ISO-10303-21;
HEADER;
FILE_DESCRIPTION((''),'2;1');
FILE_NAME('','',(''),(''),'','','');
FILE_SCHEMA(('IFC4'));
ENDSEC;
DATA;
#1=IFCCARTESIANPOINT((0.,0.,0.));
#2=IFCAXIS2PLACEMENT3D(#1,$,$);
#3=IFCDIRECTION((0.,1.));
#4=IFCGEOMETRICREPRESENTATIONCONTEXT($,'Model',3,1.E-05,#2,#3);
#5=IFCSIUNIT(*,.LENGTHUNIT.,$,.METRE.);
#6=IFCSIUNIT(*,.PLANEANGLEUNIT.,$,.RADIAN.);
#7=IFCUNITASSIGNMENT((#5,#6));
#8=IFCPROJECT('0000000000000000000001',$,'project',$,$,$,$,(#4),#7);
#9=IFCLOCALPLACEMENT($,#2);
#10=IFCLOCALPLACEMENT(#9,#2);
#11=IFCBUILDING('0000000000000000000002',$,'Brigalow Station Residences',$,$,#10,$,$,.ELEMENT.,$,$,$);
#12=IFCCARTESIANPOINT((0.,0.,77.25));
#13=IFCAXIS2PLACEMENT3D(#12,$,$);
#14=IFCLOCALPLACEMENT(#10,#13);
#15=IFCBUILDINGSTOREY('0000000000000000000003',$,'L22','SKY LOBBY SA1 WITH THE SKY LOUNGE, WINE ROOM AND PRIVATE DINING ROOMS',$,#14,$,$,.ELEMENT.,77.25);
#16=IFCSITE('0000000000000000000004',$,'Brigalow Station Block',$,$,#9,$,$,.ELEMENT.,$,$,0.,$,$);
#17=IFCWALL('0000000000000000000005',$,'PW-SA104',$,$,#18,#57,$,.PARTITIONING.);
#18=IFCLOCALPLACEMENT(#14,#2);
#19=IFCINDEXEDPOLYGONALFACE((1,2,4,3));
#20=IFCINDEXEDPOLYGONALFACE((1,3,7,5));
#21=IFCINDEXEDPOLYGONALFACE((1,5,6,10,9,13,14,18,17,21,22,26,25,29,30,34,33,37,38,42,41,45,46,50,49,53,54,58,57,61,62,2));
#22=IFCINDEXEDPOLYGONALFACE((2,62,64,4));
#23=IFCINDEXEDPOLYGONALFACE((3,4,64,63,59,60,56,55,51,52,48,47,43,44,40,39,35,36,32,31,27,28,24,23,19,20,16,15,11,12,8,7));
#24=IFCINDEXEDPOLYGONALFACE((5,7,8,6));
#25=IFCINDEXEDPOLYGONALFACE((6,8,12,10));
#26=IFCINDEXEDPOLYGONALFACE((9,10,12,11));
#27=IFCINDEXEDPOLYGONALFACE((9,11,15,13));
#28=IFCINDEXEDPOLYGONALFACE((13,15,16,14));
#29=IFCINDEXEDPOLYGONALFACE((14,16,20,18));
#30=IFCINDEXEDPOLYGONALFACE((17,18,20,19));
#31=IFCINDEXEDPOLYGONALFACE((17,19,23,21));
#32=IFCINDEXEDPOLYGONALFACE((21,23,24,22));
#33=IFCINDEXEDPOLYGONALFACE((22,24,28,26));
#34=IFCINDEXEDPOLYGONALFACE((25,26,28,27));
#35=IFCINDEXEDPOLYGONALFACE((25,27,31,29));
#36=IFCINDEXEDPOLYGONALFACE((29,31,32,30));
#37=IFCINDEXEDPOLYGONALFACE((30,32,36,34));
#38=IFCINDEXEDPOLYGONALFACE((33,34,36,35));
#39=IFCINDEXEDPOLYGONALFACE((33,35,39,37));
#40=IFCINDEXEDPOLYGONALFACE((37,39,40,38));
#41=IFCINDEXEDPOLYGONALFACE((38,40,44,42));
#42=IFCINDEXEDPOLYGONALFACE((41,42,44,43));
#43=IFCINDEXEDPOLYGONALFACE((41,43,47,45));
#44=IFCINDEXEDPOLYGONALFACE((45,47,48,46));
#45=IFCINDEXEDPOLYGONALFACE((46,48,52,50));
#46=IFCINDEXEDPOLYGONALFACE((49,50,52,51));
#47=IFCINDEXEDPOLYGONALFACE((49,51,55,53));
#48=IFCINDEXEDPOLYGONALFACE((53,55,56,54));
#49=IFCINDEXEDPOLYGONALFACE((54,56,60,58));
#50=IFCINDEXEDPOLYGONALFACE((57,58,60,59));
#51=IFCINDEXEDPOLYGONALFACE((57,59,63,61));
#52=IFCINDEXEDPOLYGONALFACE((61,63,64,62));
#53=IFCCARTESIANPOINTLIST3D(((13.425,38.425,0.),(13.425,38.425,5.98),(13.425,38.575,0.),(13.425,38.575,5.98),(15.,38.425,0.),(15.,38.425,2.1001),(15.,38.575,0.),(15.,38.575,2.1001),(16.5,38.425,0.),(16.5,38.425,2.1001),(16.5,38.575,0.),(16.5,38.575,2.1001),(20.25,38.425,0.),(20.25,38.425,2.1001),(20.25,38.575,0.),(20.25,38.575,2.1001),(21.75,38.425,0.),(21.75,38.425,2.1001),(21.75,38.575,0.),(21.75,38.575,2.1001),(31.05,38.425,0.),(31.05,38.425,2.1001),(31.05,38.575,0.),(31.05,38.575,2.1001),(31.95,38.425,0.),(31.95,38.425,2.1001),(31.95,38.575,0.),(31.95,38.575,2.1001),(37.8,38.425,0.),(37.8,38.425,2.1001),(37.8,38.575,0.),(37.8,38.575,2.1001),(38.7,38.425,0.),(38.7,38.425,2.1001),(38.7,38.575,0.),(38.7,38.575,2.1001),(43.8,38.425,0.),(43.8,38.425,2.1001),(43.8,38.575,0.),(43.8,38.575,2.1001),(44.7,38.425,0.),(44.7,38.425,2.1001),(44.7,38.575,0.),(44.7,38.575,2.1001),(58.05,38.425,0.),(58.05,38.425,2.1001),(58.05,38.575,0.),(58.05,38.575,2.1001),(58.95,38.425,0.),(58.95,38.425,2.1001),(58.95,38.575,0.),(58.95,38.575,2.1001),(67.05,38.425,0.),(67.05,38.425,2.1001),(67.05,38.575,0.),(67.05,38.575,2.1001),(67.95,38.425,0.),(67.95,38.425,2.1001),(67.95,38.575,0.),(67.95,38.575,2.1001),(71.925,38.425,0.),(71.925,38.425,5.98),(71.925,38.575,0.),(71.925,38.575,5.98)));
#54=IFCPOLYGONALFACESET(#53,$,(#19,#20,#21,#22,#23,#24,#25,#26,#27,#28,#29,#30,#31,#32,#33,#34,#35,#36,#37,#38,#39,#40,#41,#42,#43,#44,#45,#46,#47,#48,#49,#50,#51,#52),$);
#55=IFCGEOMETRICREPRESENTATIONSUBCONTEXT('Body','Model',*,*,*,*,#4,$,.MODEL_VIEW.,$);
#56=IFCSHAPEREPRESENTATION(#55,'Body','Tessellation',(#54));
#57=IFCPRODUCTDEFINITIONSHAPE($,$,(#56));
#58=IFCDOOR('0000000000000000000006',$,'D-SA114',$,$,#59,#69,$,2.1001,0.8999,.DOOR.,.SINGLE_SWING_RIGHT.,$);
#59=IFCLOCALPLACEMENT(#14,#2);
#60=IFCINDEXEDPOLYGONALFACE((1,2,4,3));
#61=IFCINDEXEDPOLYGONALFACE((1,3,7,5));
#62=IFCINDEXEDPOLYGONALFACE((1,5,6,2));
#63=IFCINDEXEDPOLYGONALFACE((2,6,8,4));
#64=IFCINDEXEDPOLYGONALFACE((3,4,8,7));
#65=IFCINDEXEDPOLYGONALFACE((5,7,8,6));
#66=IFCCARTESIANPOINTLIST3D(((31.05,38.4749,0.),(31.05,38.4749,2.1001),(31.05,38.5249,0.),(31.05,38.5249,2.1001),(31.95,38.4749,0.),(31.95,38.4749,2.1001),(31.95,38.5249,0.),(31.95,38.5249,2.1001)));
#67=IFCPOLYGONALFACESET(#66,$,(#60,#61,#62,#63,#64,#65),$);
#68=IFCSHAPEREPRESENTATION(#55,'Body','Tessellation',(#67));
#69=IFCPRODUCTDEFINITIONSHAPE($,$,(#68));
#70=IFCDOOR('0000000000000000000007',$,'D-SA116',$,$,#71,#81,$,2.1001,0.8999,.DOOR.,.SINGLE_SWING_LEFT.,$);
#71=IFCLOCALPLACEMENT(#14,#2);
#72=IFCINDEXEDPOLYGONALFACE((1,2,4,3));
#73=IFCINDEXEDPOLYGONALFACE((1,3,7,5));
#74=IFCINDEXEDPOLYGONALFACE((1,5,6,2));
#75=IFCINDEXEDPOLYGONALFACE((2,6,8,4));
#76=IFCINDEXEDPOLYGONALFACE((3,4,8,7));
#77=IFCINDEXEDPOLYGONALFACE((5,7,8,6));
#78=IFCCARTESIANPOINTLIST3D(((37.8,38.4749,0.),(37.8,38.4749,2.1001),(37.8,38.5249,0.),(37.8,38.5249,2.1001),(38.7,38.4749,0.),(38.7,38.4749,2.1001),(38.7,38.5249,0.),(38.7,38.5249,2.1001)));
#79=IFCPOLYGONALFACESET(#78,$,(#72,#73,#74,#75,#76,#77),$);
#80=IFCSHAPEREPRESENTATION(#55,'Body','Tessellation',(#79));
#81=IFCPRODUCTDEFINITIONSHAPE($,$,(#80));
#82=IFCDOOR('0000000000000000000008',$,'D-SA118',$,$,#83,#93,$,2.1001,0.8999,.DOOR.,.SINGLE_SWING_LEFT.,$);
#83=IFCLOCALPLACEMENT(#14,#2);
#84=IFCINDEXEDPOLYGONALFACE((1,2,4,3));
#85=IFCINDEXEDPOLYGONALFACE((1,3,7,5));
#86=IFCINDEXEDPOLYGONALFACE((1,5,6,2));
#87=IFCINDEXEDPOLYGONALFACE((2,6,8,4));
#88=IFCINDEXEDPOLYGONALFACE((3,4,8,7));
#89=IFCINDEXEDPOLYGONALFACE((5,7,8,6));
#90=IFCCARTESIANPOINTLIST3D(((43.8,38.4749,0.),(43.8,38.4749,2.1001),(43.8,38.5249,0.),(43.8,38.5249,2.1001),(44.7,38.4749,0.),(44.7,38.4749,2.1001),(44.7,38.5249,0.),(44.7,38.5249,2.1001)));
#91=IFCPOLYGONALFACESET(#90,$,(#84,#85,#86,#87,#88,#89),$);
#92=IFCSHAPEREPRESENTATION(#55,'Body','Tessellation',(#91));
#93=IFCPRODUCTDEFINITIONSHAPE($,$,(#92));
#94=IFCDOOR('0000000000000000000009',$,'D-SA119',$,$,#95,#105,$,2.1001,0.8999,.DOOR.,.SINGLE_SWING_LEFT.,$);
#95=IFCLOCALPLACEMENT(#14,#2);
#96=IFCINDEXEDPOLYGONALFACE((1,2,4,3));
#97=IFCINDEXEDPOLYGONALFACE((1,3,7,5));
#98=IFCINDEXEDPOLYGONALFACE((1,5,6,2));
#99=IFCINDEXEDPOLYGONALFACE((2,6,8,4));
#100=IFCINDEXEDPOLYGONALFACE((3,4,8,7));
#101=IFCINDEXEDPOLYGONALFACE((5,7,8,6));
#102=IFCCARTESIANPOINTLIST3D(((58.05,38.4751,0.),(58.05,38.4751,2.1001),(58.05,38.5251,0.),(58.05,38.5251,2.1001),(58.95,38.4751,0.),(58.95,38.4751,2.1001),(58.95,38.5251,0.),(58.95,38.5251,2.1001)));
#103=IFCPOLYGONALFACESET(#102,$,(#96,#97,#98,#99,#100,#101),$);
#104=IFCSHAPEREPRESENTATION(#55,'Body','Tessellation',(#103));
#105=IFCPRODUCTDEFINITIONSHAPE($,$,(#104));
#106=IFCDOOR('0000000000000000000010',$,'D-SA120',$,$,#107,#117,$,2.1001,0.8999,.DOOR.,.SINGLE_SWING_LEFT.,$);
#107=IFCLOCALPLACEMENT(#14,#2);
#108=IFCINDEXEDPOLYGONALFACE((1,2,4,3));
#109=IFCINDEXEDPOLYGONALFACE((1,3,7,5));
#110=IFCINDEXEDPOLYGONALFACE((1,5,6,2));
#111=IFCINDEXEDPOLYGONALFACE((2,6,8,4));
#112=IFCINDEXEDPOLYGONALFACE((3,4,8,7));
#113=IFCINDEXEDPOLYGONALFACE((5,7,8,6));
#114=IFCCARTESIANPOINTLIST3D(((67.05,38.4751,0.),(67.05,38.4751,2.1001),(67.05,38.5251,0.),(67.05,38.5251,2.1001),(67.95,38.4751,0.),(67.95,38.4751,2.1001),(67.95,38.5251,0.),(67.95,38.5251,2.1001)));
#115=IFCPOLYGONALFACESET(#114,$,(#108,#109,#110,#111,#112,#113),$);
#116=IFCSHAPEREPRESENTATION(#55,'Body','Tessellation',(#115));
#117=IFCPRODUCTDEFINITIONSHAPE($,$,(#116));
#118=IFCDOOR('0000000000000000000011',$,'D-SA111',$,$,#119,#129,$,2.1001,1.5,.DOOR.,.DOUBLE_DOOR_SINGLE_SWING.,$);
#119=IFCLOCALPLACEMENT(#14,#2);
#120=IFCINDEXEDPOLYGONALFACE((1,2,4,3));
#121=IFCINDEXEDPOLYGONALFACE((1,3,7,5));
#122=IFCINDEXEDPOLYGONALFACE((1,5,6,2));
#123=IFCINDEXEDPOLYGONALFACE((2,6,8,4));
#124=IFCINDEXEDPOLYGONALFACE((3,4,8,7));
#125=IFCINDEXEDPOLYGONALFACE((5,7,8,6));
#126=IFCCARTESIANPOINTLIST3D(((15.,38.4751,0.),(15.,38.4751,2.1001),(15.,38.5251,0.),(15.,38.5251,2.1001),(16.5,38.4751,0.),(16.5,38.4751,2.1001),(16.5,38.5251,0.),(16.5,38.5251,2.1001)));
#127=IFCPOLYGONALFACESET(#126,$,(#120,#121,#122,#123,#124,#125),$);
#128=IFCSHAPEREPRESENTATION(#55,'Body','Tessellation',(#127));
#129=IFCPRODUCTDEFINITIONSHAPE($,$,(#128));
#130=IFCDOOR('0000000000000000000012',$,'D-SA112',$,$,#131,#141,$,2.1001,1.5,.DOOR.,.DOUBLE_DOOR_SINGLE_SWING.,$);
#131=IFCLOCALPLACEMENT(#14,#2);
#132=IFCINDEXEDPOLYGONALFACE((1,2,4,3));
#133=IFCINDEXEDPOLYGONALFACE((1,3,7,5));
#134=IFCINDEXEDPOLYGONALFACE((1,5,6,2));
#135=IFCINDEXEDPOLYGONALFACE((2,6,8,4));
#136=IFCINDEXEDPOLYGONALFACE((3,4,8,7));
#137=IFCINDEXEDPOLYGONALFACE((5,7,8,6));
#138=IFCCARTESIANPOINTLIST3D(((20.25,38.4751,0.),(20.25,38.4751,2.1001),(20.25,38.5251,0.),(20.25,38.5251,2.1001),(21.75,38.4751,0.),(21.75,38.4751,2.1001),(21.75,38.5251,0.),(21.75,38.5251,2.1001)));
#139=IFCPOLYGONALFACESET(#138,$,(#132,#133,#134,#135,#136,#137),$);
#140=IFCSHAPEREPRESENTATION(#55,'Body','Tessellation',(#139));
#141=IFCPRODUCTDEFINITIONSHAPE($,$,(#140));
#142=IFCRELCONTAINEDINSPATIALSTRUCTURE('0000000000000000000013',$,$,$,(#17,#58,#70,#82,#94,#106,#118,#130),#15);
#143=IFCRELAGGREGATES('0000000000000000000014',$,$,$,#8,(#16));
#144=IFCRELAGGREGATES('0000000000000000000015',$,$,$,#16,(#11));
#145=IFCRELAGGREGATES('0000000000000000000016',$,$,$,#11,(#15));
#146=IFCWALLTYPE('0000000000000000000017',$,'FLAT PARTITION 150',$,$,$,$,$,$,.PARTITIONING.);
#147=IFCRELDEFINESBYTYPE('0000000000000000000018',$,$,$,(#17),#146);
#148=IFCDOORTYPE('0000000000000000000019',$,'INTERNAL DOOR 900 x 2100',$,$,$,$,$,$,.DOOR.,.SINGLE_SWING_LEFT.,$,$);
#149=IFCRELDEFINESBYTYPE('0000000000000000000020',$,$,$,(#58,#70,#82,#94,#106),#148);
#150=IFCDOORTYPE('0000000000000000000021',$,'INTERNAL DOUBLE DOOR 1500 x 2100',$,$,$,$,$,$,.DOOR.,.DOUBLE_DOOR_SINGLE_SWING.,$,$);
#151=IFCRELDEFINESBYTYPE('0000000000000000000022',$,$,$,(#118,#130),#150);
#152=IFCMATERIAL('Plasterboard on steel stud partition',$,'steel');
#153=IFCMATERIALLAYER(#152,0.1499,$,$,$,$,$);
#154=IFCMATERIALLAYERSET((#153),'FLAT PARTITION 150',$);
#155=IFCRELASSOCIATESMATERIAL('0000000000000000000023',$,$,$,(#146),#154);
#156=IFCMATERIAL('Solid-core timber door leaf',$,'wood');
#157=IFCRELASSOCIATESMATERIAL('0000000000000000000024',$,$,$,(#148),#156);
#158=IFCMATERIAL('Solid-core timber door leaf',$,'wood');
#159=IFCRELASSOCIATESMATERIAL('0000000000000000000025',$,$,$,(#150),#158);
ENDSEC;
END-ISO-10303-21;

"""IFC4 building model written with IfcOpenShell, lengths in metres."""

from ifc_helpers import new_model, si_unit, direction, frame, frame_2d, origin, place, context, subcontext, project, spatial, rectangle, extrude, material, layer, layer_set, type_object, element, fill, save


model = new_model("IFC4")

# Units and contexts
model_context = context("Model", 3, precision=1e-05, world=origin(), true_north=direction((0.0, 1.0)))
body_context = subcontext(model_context, "Body", "Model", "MODEL_VIEW")
ifc_project = project(units=[si_unit("LENGTHUNIT", "METRE"), si_unit("PLANEANGLEUNIT", "RADIAN")], contexts=[model_context])

# Site, building, storey
site_placement = place(None, origin())
site = spatial("IfcSite", under=ifc_project, at=site_placement, Name="Brigalow Station Block", CompositionType="ELEMENT", RefElevation=0.0)
building_placement = place(site_placement, origin())
building = spatial("IfcBuilding", under=site, at=building_placement, Name="Brigalow Station Residences", CompositionType="ELEMENT")
storey_placement = place(building_placement, frame((0.0, 0.0, 77.25)))
storey = spatial("IfcBuildingStorey", under=building, at=storey_placement, Name="L22", Description="SKY LOBBY SA1 WITH THE SKY LOUNGE, WINE ROOM AND PRIVATE DINING ROOMS", CompositionType="ELEMENT", Elevation=77.25)

# Wall, openings, doors
ifc_material_1 = material(Name="Plasterboard on steel stud partition", Category="steel")
ifc_layer_1 = layer(ifc_material_1, 0.1499)
ifc_layer_set_1 = layer_set([ifc_layer_1], Name="FLAT PARTITION 150")
wall_type_1 = type_object("IfcWallType", Name="FLAT PARTITION 150", PredefinedType="PARTITIONING", material=ifc_layer_set_1)
wall_1_placement = place(storey_placement, frame((13.425, 38.5, 0.0), z_axis=(0.0, 0.0, 1.0), x_axis=(1.0, 0.0, 0.0)))
wall_1 = element("IfcWall", 1, at=wall_1_placement, inside=storey, type_object=wall_type_1, Name="PW-SA104", PredefinedType="PARTITIONING", context=body_context, shape_type="SweptSolid", body=[
    extrude(rectangle(XDim=58.5, YDim=0.1499, at=frame_2d((29.25, 0.0))), origin(), (0.0, 0.0, 1.0), 5.98),
])
opening_1_placement = place(wall_1_placement, frame((1.575, 0.0, 0.0)))
opening_1 = element("IfcOpeningElement", 2, at=opening_1_placement, cuts=wall_1, PredefinedType="OPENING", context=body_context, shape_type="SweptSolid", body=[
    extrude(rectangle(XDim=1.5, YDim=2.1001, at=frame_2d((0.75, 1.05))), frame((0.0, 0.085, 0.0), z_axis=(0.0, -1.0, 0.0), x_axis=(1.0, 0.0, 0.0)), (0.0, 0.0, 1.0), 0.1699),
])
opening_2_placement = place(wall_1_placement, frame((6.825, 0.0, 0.0)))
opening_2 = element("IfcOpeningElement", 3, at=opening_2_placement, cuts=wall_1, PredefinedType="OPENING", context=body_context, shape_type="SweptSolid", body=[
    extrude(rectangle(XDim=1.5, YDim=2.1001, at=frame_2d((0.75, 1.05))), frame((0.0, 0.085, 0.0), z_axis=(0.0, -1.0, 0.0), x_axis=(1.0, 0.0, 0.0)), (0.0, 0.0, 1.0), 0.1699),
])
opening_3_placement = place(wall_1_placement, frame((17.625, 0.0, 0.0)))
opening_3 = element("IfcOpeningElement", 4, at=opening_3_placement, cuts=wall_1, PredefinedType="OPENING", context=body_context, shape_type="SweptSolid", body=[
    extrude(rectangle(XDim=0.8999, YDim=2.1001, at=frame_2d((0.45, 1.05))), frame((0.0, 0.085, 0.0), z_axis=(0.0, -1.0, 0.0), x_axis=(1.0, 0.0, 0.0)), (0.0, 0.0, 1.0), 0.1699),
])
opening_4_placement = place(wall_1_placement, frame((24.375, 0.0, 0.0)))
opening_4 = element("IfcOpeningElement", 5, at=opening_4_placement, cuts=wall_1, PredefinedType="OPENING", context=body_context, shape_type="SweptSolid", body=[
    extrude(rectangle(XDim=0.8999, YDim=2.1001, at=frame_2d((0.45, 1.05))), frame((0.0, 0.085, 0.0), z_axis=(0.0, -1.0, 0.0), x_axis=(1.0, 0.0, 0.0)), (0.0, 0.0, 1.0), 0.1699),
])
opening_5_placement = place(wall_1_placement, frame((30.375, 0.0, 0.0)))
opening_5 = element("IfcOpeningElement", 6, at=opening_5_placement, cuts=wall_1, PredefinedType="OPENING", context=body_context, shape_type="SweptSolid", body=[
    extrude(rectangle(XDim=0.8999, YDim=2.1001, at=frame_2d((0.45, 1.05))), frame((0.0, 0.085, 0.0), z_axis=(0.0, -1.0, 0.0), x_axis=(1.0, 0.0, 0.0)), (0.0, 0.0, 1.0), 0.1699),
])
opening_6_placement = place(wall_1_placement, frame((44.625, 0.0, 0.0)))
opening_6 = element("IfcOpeningElement", 7, at=opening_6_placement, cuts=wall_1, PredefinedType="OPENING", context=body_context, shape_type="SweptSolid", body=[
    extrude(rectangle(XDim=0.8999, YDim=2.1001, at=frame_2d((0.45, 1.05))), frame((0.0, 0.085, 0.0), z_axis=(0.0, -1.0, 0.0), x_axis=(1.0, 0.0, 0.0)), (0.0, 0.0, 1.0), 0.1699),
])
opening_7_placement = place(wall_1_placement, frame((53.625, 0.0, 0.0)))
opening_7 = element("IfcOpeningElement", 8, at=opening_7_placement, cuts=wall_1, PredefinedType="OPENING", context=body_context, shape_type="SweptSolid", body=[
    extrude(rectangle(XDim=0.8999, YDim=2.1001, at=frame_2d((0.45, 1.05))), frame((0.0, 0.085, 0.0), z_axis=(0.0, -1.0, 0.0), x_axis=(1.0, 0.0, 0.0)), (0.0, 0.0, 1.0), 0.1699),
])
ifc_material_2 = material(Name="Solid-core timber door leaf", Category="wood")
door_type_1 = type_object("IfcDoorType", Name="INTERNAL DOOR 900 x 2100", OperationType="SINGLE_SWING_LEFT", PredefinedType="DOOR", material=ifc_material_2)
door_1_placement = place(opening_3_placement, origin())
door_1 = element("IfcDoor", 9, at=door_1_placement, inside=storey, type_object=door_type_1, Name="D-SA114", OperationType="SINGLE_SWING_RIGHT", OverallHeight=2.1001, OverallWidth=0.8999, PredefinedType="DOOR", context=body_context, shape_type="SweptSolid", body=[
    extrude(rectangle(XDim=0.8999, YDim=2.1001, at=frame_2d((0.45, 1.05))), frame((0.0, 0.0249, 0.0), z_axis=(0.0, -1.0, 0.0), x_axis=(1.0, 0.0, 0.0)), (0.0, 0.0, 1.0), 0.05),
])
fill(opening_3, door_1)
door_2_placement = place(opening_4_placement, origin())
door_2 = element("IfcDoor", 10, at=door_2_placement, inside=storey, type_object=door_type_1, Name="D-SA116", OperationType="SINGLE_SWING_LEFT", OverallHeight=2.1001, OverallWidth=0.8999, PredefinedType="DOOR", context=body_context, shape_type="SweptSolid", body=[
    extrude(rectangle(XDim=0.8999, YDim=2.1001, at=frame_2d((0.45, 1.05))), frame((0.0, 0.0249, 0.0), z_axis=(0.0, -1.0, 0.0), x_axis=(1.0, 0.0, 0.0)), (0.0, 0.0, 1.0), 0.05),
])
fill(opening_4, door_2)
door_3_placement = place(opening_5_placement, origin())
door_3 = element("IfcDoor", 11, at=door_3_placement, inside=storey, type_object=door_type_1, Name="D-SA118", OperationType="SINGLE_SWING_LEFT", OverallHeight=2.1001, OverallWidth=0.8999, PredefinedType="DOOR", context=body_context, shape_type="SweptSolid", body=[
    extrude(rectangle(XDim=0.8999, YDim=2.1001, at=frame_2d((0.45, 1.05))), frame((0.0, 0.0249, 0.0), z_axis=(0.0, -1.0, 0.0), x_axis=(1.0, 0.0, 0.0)), (0.0, 0.0, 1.0), 0.05),
])
fill(opening_5, door_3)
door_4_placement = place(opening_6_placement, frame((0.8999, 0.0, 0.0), z_axis=(0.0, 0.0, 1.0), x_axis=(-1.0, 0.0, 0.0)))
door_4 = element("IfcDoor", 12, at=door_4_placement, inside=storey, type_object=door_type_1, Name="D-SA119", OperationType="SINGLE_SWING_LEFT", OverallHeight=2.1001, OverallWidth=0.8999, PredefinedType="DOOR", context=body_context, shape_type="SweptSolid", body=[
    extrude(rectangle(XDim=0.8999, YDim=2.1001, at=frame_2d((0.45, 1.05))), frame((0.0, 0.0249, 0.0), z_axis=(0.0, -1.0, 0.0), x_axis=(1.0, 0.0, 0.0)), (0.0, 0.0, 1.0), 0.05),
])
fill(opening_6, door_4)
door_5_placement = place(opening_7_placement, frame((0.8999, 0.0, 0.0), z_axis=(0.0, 0.0, 1.0), x_axis=(-1.0, 0.0, 0.0)))
door_5 = element("IfcDoor", 13, at=door_5_placement, inside=storey, type_object=door_type_1, Name="D-SA120", OperationType="SINGLE_SWING_LEFT", OverallHeight=2.1001, OverallWidth=0.8999, PredefinedType="DOOR", context=body_context, shape_type="SweptSolid", body=[
    extrude(rectangle(XDim=0.8999, YDim=2.1001, at=frame_2d((0.45, 1.05))), frame((0.0, 0.0249, 0.0), z_axis=(0.0, -1.0, 0.0), x_axis=(1.0, 0.0, 0.0)), (0.0, 0.0, 1.0), 0.05),
])
fill(opening_7, door_5)
ifc_material_3 = material(Name="Solid-core timber door leaf", Category="wood")
door_type_2 = type_object("IfcDoorType", Name="INTERNAL DOUBLE DOOR 1500 x 2100", OperationType="DOUBLE_DOOR_SINGLE_SWING", PredefinedType="DOOR", material=ifc_material_3)
door_6_placement = place(opening_1_placement, frame((1.5, 0.0, 0.0), z_axis=(0.0, 0.0, 1.0), x_axis=(-1.0, 0.0, 0.0)))
door_6 = element("IfcDoor", 14, at=door_6_placement, inside=storey, type_object=door_type_2, Name="D-SA111", OperationType="DOUBLE_DOOR_SINGLE_SWING", OverallHeight=2.1001, OverallWidth=1.5, PredefinedType="DOOR", context=body_context, shape_type="SweptSolid", body=[
    extrude(rectangle(XDim=1.5, YDim=2.1001, at=frame_2d((0.75, 1.05))), frame((0.0, 0.0249, 0.0), z_axis=(0.0, -1.0, 0.0), x_axis=(1.0, 0.0, 0.0)), (0.0, 0.0, 1.0), 0.05),
])
fill(opening_1, door_6)
door_7_placement = place(opening_2_placement, frame((1.5, 0.0, 0.0), z_axis=(0.0, 0.0, 1.0), x_axis=(-1.0, 0.0, 0.0)))
door_7 = element("IfcDoor", 15, at=door_7_placement, inside=storey, type_object=door_type_2, Name="D-SA112", OperationType="DOUBLE_DOOR_SINGLE_SWING", OverallHeight=2.1001, OverallWidth=1.5, PredefinedType="DOOR", context=body_context, shape_type="SweptSolid", body=[
    extrude(rectangle(XDim=1.5, YDim=2.1001, at=frame_2d((0.75, 1.05))), frame((0.0, 0.0249, 0.0), z_axis=(0.0, -1.0, 0.0), x_axis=(1.0, 0.0, 0.0)), (0.0, 0.0, 1.0), 0.05),
])
fill(opening_2, door_7)

save(model, "model.ifc")
